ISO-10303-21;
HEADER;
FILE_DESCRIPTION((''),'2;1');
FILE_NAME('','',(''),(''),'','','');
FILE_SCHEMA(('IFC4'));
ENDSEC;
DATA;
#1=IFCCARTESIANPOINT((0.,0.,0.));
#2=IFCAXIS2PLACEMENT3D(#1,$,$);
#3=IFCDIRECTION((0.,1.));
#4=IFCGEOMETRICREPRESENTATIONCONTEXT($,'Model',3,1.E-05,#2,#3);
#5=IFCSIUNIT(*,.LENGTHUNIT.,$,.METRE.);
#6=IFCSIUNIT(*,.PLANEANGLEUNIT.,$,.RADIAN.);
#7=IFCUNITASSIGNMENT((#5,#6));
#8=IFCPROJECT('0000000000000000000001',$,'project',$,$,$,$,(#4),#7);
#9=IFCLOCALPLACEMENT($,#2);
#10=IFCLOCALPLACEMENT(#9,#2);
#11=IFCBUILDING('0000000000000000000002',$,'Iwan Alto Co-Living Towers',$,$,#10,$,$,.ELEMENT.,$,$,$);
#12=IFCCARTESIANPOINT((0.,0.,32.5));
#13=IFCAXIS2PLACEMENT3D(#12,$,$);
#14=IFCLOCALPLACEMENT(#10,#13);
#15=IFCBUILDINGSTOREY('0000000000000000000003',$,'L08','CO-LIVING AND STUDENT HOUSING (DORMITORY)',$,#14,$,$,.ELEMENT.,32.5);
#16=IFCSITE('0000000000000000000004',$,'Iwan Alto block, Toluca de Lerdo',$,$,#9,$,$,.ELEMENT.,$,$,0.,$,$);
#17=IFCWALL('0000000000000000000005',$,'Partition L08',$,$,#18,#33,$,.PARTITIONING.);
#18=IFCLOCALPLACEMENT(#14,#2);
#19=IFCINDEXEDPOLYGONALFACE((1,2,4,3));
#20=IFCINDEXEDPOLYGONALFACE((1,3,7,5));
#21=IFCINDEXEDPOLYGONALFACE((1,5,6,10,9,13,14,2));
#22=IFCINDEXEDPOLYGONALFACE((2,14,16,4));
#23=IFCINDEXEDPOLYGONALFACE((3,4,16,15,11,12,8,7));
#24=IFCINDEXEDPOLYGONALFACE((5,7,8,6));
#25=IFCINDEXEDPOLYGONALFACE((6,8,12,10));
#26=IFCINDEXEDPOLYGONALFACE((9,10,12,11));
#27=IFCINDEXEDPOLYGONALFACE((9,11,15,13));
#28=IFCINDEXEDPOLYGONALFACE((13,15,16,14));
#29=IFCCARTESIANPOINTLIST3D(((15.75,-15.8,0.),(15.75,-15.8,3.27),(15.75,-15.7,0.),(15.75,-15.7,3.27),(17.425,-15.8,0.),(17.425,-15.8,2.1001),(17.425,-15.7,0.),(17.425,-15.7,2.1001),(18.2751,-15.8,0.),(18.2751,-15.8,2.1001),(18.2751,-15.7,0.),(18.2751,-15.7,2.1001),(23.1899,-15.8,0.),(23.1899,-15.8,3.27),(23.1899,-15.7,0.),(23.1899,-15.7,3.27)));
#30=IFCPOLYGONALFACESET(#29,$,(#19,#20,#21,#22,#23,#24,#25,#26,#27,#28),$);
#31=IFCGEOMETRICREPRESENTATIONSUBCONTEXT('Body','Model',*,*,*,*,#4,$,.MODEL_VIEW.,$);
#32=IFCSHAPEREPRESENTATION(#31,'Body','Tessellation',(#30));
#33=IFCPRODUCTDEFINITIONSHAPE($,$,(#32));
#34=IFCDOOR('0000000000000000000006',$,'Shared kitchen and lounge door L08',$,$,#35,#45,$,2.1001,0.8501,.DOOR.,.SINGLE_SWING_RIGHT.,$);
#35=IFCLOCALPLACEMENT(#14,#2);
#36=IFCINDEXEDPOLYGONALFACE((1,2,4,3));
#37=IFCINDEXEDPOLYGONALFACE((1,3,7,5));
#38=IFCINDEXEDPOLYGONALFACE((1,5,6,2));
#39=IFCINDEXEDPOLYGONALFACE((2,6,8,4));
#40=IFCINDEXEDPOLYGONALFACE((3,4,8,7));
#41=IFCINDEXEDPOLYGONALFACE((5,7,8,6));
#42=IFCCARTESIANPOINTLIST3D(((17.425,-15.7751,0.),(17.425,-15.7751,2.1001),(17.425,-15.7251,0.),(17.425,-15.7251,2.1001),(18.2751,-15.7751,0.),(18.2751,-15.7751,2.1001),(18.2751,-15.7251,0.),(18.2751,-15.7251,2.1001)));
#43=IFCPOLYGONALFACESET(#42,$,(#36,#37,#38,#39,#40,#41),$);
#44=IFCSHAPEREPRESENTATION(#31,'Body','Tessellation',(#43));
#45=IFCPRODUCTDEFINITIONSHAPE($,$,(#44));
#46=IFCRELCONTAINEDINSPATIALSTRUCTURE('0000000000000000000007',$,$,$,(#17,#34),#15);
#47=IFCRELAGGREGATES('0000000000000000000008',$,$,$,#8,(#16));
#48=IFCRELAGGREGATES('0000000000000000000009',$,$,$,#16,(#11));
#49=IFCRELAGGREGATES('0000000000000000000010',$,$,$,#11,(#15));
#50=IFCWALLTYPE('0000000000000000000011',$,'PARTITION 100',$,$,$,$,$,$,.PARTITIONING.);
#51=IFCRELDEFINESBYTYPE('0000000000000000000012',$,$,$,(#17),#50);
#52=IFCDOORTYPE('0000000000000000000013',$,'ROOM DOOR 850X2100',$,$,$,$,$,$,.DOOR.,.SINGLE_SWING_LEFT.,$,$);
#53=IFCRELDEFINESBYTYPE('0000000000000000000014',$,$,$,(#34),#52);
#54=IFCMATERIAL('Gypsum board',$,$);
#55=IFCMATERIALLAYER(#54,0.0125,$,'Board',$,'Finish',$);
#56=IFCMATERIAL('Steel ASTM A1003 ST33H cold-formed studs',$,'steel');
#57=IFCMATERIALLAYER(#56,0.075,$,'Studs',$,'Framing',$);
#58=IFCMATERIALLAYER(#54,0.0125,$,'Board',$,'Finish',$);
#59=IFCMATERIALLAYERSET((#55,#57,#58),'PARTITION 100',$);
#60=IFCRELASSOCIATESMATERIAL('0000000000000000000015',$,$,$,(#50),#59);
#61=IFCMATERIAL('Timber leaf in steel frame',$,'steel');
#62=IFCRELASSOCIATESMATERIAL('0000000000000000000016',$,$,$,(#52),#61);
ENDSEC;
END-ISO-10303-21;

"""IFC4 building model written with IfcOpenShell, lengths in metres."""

from ifc_helpers import new_model, si_unit, direction, frame, frame_2d, origin, place, context, subcontext, project, spatial, rectangle, extrude, material, layer, layer_set, type_object, element, fill, save


model = new_model("IFC4")

# Units and contexts
model_context = context("Model", 3, precision=1e-05, world=origin(), true_north=direction((0.0, 1.0)))
body_context = subcontext(model_context, "Body", "Model", "MODEL_VIEW")
ifc_project = project(units=[si_unit("LENGTHUNIT", "METRE"), si_unit("PLANEANGLEUNIT", "RADIAN")], contexts=[model_context])

# Site, building, storey
site_placement = place(None, origin())
site = spatial("IfcSite", under=ifc_project, at=site_placement, Name="Iwan Alto block, Toluca de Lerdo", CompositionType="ELEMENT", RefElevation=0.0)
building_placement = place(site_placement, origin())
building = spatial("IfcBuilding", under=site, at=building_placement, Name="Iwan Alto Co-Living Towers", CompositionType="ELEMENT")
storey_placement = place(building_placement, frame((0.0, 0.0, 32.5)))
storey = spatial("IfcBuildingStorey", under=building, at=storey_placement, Name="L08", Description="CO-LIVING AND STUDENT HOUSING (DORMITORY)", CompositionType="ELEMENT", Elevation=32.5)

# Wall, opening, door
ifc_material_1 = material(Name="Gypsum board")
ifc_material_2 = material(Name="Steel ASTM A1003 ST33H cold-formed studs", Category="steel")
ifc_layer_1 = layer(ifc_material_1, 0.0125, Name="Board", Category="Finish")
ifc_layer_2 = layer(ifc_material_2, 0.075, Name="Studs", Category="Framing")
ifc_layer_3 = layer(ifc_material_1, 0.0125, Name="Board", Category="Finish")
ifc_layer_set_1 = layer_set([ifc_layer_1, ifc_layer_2, ifc_layer_3], Name="PARTITION 100")
wall_type_1 = type_object("IfcWallType", Name="PARTITION 100", PredefinedType="PARTITIONING", material=ifc_layer_set_1)
wall_1_placement = place(storey_placement, frame((15.75, -15.75, 0.0), z_axis=(0.0, 0.0, 1.0), x_axis=(1.0, 0.0, 0.0)))
wall_1 = element("IfcWall", 1, at=wall_1_placement, inside=storey, type_object=wall_type_1, Name="Partition L08", PredefinedType="PARTITIONING", context=body_context, shape_type="SweptSolid", body=[
    extrude(rectangle(XDim=7.4399, YDim=0.1001, at=frame_2d((3.72, 0.0))), origin(), (0.0, 0.0, 1.0), 3.27),
])
opening_1_placement = place(wall_1_placement, frame((1.675, 0.0, 0.0)))
opening_1 = element("IfcOpeningElement", 2, at=opening_1_placement, cuts=wall_1, PredefinedType="OPENING", context=body_context, shape_type="SweptSolid", body=[
    extrude(rectangle(XDim=0.8501, YDim=2.1001, at=frame_2d((0.425, 1.05))), frame((0.0, 0.0601, 0.0), z_axis=(0.0, -1.0, 0.0), x_axis=(1.0, 0.0, 0.0)), (0.0, 0.0, 1.0), 0.1201),
])
ifc_material_3 = material(Name="Timber leaf in steel frame", Category="steel")
door_type_1 = type_object("IfcDoorType", Name="ROOM DOOR 850X2100", OperationType="SINGLE_SWING_LEFT", PredefinedType="DOOR", material=ifc_material_3)
door_1_placement = place(opening_1_placement, origin())
door_1 = element("IfcDoor", 3, at=door_1_placement, inside=storey, type_object=door_type_1, Name="Shared kitchen and lounge door L08", OperationType="SINGLE_SWING_RIGHT", OverallHeight=2.1001, OverallWidth=0.8501, PredefinedType="DOOR", context=body_context, shape_type="SweptSolid", body=[
    extrude(rectangle(XDim=0.8501, YDim=2.1001, at=frame_2d((0.425, 1.05))), frame((0.0, 0.0249, 0.0), z_axis=(0.0, -1.0, 0.0), x_axis=(1.0, 0.0, 0.0)), (0.0, 0.0, 1.0), 0.05),
])
fill(opening_1, door_1)

save(model, "model.ifc")
